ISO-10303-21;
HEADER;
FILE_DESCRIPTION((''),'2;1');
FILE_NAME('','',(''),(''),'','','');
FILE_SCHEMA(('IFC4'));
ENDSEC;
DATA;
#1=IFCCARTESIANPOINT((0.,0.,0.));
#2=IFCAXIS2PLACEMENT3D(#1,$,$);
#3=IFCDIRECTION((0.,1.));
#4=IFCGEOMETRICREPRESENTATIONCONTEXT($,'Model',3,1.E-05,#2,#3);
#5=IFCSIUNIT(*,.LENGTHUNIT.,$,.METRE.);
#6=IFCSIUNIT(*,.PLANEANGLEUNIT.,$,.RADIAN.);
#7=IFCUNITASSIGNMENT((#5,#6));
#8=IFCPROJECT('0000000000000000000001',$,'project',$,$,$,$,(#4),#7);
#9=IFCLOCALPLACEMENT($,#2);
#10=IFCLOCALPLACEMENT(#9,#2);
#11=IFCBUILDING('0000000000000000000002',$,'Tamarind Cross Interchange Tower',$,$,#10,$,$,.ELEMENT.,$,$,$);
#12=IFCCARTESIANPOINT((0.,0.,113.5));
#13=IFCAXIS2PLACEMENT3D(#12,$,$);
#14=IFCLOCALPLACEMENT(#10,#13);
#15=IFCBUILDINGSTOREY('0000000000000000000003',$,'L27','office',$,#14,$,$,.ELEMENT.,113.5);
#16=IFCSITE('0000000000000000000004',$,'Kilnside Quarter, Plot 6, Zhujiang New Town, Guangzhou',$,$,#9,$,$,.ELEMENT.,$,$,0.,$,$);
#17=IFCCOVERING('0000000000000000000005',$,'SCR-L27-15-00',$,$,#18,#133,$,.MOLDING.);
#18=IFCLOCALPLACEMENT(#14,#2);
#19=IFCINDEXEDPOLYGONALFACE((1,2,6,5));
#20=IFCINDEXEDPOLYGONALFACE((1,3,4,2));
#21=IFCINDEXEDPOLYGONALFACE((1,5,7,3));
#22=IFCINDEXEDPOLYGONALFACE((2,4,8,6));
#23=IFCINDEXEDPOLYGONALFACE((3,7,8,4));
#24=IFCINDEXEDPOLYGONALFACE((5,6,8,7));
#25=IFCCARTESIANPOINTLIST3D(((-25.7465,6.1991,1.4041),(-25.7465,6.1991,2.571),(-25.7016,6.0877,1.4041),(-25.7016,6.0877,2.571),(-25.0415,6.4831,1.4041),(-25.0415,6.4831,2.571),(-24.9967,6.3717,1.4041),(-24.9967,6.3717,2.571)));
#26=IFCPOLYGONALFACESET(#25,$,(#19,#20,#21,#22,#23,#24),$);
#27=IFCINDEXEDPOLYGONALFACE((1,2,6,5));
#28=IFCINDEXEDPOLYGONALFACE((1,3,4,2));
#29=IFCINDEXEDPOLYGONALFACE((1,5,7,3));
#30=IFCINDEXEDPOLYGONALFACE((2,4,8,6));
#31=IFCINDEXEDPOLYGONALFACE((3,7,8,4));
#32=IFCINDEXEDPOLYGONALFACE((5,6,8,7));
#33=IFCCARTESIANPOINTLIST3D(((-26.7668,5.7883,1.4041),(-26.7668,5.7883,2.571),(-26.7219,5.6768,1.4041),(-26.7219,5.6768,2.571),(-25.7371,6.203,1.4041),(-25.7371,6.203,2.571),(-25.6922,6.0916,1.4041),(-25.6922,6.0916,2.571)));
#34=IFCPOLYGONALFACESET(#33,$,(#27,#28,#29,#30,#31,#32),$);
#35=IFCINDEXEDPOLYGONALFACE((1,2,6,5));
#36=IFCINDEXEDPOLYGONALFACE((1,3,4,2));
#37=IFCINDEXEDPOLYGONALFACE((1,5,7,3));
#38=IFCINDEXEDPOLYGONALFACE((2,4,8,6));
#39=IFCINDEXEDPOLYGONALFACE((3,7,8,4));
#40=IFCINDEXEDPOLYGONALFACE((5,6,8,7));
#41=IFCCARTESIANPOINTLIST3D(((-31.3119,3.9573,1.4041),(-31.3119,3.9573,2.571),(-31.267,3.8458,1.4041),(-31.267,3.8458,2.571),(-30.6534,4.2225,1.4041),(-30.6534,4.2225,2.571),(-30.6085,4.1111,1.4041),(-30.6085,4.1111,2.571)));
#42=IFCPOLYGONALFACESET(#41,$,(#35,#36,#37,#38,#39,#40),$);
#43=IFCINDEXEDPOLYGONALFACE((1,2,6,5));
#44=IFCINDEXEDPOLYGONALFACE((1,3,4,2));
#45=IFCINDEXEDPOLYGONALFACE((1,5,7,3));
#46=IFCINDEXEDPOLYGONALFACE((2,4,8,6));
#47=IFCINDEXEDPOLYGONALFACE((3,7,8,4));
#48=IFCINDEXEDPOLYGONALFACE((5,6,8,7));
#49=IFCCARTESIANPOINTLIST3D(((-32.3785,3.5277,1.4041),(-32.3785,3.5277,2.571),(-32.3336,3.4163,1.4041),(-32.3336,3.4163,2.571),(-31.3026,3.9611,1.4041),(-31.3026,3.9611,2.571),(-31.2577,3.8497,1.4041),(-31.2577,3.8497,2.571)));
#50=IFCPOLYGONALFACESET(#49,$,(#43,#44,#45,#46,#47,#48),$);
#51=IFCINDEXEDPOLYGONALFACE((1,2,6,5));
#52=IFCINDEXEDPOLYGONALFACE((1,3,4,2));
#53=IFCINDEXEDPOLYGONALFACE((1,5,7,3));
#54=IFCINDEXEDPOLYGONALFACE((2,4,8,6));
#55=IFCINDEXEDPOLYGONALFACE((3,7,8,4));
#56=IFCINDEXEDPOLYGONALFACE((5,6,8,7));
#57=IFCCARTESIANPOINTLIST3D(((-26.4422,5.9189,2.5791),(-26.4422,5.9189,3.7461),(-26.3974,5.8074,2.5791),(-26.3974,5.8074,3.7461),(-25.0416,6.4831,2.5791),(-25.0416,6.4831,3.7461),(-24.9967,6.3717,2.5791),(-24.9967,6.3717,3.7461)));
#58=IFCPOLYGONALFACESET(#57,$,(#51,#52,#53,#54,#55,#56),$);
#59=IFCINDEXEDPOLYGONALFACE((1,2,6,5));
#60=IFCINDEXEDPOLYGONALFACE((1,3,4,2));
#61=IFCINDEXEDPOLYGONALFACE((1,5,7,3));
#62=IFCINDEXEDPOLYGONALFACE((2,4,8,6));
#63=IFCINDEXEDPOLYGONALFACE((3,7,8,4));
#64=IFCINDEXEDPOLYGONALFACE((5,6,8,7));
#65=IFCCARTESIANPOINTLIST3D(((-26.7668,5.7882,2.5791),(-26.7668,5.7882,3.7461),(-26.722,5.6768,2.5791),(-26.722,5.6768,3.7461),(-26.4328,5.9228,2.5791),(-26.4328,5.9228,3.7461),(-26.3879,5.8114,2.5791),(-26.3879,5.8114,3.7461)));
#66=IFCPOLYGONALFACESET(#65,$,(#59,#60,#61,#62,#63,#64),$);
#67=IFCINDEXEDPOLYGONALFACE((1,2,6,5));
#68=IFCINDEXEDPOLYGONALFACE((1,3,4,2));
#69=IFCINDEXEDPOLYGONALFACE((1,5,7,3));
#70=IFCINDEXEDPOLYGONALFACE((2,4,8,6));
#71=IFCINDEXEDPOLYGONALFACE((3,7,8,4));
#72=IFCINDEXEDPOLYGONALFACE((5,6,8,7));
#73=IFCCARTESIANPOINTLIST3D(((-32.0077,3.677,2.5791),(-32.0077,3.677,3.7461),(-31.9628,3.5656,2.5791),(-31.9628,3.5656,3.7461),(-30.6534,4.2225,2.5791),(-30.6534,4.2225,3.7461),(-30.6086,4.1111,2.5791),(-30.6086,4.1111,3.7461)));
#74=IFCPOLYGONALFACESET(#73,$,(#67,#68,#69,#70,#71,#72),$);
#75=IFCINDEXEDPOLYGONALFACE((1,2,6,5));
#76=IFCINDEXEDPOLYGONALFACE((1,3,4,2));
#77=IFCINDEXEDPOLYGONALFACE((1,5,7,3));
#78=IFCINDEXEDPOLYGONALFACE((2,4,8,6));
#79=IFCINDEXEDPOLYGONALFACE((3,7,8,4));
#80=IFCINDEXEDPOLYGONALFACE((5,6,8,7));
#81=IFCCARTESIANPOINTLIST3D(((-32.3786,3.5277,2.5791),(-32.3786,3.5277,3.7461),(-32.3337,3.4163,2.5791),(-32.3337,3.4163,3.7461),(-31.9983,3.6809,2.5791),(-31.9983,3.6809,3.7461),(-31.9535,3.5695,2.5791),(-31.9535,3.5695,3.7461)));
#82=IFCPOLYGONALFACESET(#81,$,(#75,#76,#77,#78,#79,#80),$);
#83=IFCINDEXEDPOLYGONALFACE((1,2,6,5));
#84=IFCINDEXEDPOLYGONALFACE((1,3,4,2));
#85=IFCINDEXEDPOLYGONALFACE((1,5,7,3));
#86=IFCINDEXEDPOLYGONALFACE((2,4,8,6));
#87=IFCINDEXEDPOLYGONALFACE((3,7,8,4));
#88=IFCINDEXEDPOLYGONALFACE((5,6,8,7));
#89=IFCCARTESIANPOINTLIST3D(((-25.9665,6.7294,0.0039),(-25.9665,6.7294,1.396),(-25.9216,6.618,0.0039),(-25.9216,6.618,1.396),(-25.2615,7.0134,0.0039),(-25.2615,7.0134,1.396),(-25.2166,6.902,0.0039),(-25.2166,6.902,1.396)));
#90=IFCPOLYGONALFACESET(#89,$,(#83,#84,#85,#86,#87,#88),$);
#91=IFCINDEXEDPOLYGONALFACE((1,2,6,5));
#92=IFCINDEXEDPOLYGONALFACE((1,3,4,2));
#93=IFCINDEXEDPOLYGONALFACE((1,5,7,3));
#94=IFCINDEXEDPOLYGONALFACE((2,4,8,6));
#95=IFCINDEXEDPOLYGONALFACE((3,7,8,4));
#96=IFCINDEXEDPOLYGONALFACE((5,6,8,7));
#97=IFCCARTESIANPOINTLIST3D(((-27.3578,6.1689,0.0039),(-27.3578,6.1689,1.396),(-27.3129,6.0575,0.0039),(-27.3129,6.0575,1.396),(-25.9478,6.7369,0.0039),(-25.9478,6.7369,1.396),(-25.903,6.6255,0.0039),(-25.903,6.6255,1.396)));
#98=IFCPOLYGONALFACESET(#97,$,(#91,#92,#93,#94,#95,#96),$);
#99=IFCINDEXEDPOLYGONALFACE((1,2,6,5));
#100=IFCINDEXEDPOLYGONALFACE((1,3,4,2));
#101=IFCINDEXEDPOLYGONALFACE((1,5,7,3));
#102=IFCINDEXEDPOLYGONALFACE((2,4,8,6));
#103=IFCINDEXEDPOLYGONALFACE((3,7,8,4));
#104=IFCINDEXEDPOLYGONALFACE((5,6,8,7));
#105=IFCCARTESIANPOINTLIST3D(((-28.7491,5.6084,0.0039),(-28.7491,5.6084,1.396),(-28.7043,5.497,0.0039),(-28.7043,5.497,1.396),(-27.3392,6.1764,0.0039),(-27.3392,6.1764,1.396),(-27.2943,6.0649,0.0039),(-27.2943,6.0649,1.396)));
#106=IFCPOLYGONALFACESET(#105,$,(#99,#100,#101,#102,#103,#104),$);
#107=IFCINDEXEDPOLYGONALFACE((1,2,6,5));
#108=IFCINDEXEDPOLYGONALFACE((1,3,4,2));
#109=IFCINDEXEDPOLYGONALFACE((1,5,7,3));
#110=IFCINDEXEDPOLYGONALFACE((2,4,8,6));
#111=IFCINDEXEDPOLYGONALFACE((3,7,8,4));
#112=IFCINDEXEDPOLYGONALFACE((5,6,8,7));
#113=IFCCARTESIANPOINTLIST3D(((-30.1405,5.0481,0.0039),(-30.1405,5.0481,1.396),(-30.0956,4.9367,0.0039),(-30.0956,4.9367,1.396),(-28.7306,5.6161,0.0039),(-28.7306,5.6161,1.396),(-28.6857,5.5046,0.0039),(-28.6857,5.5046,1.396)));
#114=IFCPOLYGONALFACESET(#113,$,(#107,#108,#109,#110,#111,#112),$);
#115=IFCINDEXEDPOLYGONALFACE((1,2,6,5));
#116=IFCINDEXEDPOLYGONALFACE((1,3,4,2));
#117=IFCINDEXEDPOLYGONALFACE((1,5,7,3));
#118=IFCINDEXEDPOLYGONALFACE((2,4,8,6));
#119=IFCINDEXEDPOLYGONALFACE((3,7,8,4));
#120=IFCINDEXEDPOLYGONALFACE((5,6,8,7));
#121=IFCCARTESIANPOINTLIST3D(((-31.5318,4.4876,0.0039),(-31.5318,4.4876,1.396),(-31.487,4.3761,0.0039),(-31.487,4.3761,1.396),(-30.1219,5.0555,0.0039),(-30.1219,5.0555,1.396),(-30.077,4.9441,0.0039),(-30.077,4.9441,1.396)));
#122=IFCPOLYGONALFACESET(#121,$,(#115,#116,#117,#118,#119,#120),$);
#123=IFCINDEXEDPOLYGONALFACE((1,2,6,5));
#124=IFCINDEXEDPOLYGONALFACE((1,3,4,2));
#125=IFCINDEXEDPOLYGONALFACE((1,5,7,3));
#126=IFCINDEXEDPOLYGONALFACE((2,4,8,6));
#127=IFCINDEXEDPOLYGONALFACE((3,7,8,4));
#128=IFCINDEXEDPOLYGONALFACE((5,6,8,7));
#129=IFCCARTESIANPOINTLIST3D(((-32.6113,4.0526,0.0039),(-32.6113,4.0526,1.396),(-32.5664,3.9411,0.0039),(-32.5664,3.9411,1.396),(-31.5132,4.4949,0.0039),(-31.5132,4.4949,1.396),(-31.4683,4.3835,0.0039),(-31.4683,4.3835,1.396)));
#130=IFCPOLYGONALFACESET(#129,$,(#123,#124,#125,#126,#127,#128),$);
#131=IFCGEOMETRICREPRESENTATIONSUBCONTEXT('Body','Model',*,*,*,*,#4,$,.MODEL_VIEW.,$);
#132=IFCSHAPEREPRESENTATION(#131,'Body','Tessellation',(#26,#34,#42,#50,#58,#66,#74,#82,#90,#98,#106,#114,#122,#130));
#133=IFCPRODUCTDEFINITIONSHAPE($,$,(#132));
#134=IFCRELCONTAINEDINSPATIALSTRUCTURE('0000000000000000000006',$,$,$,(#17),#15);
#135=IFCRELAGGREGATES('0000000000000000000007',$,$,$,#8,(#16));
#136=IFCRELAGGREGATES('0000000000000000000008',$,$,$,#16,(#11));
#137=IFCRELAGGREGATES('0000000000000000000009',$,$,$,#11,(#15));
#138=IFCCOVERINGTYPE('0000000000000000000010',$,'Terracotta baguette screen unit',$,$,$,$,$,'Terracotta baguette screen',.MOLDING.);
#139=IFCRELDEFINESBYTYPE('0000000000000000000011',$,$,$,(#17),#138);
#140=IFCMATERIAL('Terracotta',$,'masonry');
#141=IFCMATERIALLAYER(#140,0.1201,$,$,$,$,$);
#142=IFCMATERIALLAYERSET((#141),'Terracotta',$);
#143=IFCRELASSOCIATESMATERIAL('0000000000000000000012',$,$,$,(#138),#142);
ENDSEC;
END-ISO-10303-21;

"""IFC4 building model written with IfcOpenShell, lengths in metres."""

from ifc_helpers import new_model, si_unit, direction, frame, origin, origin_2d, place, context, subcontext, project, spatial, rectangle, extrude, material, layer, layer_set, type_object, element, save


model = new_model("IFC4")

# Units and contexts
model_context = context("Model", 3, precision=1e-05, world=origin(), true_north=direction((0.0, 1.0)))
body_context = subcontext(model_context, "Body", "Model", "MODEL_VIEW")
ifc_project = project(units=[si_unit("LENGTHUNIT", "METRE"), si_unit("PLANEANGLEUNIT", "RADIAN")], contexts=[model_context])

# Site, building, storey
site_placement = place(None, origin())
site = spatial("IfcSite", under=ifc_project, at=site_placement, Name="Kilnside Quarter, Plot 6, Zhujiang New Town, Guangzhou", CompositionType="ELEMENT", RefElevation=0.0)
building_placement = place(site_placement, origin())
building = spatial("IfcBuilding", under=site, at=building_placement, Name="Tamarind Cross Interchange Tower", CompositionType="ELEMENT")
storey_placement = place(building_placement, frame((0.0, 0.0, 113.5)))
storey = spatial("IfcBuildingStorey", under=building, at=storey_placement, Name="L27", Description="office", CompositionType="ELEMENT", Elevation=113.5)

# Covering
ifc_material_1 = material(Name="Terracotta", Category="masonry")
ifc_layer_1 = layer(ifc_material_1, 0.1201)
ifc_layer_set_1 = layer_set([ifc_layer_1], Name="Terracotta")
covering_type = type_object("IfcCoveringType", Name="Terracotta baguette screen unit", ElementType="Terracotta baguette screen", PredefinedType="MOLDING", material=ifc_layer_set_1)
covering_1_placement = place(storey_placement, origin())
element("IfcCovering", 1, at=covering_1_placement, inside=storey, type_object=covering_type, Name="SCR-L27-15-00", PredefinedType="MOLDING", context=body_context, shape_type="SweptSolid", body=[
    extrude(rectangle(XDim=0.76, YDim=0.1201, at=origin_2d()), frame((-25.3716, 6.2854, 1.4041), z_axis=(0.0, 0.0, 1.0), x_axis=(-0.92757, -0.373648, 0.0)), (0.0, 0.0, 1.0), 1.167),
    extrude(rectangle(XDim=1.1101, YDim=0.1201, at=origin_2d()), frame((-26.2295, 5.9399, 1.4041), z_axis=(0.0, 0.0, 1.0), x_axis=(-0.92757, -0.373648, 0.0)), (0.0, 0.0, 1.0), 1.167),
    extrude(rectangle(XDim=0.71, YDim=0.1201, at=origin_2d()), frame((-30.9602, 4.0342, 1.4041), z_axis=(0.0, 0.0, 1.0), x_axis=(-0.92757, -0.373648, 0.0)), (0.0, 0.0, 1.0), 1.167),
    extrude(rectangle(XDim=1.1599, YDim=0.1201, at=origin_2d()), frame((-31.8181, 3.6887, 1.4041), z_axis=(0.0, 0.0, 1.0), x_axis=(-0.92757, -0.373648, 0.0)), (0.0, 0.0, 1.0), 1.167),
    extrude(rectangle(XDim=1.51, YDim=0.1201, at=origin_2d()), frame((-25.7195, 6.1453, 2.5791), z_axis=(0.0, 0.0, 1.0), x_axis=(-0.92757, -0.373648, 0.0)), (0.0, 0.0, 1.0), 1.167),
    extrude(rectangle(XDim=0.3601, YDim=0.1201, at=origin_2d()), frame((-26.5774, 5.7998, 2.5791), z_axis=(0.0, 0.0, 1.0), x_axis=(-0.92757, -0.373648, 0.0)), (0.0, 0.0, 1.0), 1.167),
    extrude(rectangle(XDim=1.46, YDim=0.1201, at=origin_2d()), frame((-31.3081, 3.894, 2.5791), z_axis=(0.0, 0.0, 1.0), x_axis=(-0.92757, -0.373648, 0.0)), (0.0, 0.0, 1.0), 1.167),
    extrude(rectangle(XDim=0.4099, YDim=0.1201, at=origin_2d()), frame((-32.166, 3.5486, 2.5791), z_axis=(0.0, 0.0, 1.0), x_axis=(-0.92757, -0.373648, 0.0)), (0.0, 0.0, 1.0), 1.167),
    extrude(rectangle(XDim=0.76, YDim=0.1201, at=origin_2d()), frame((-25.5916, 6.8157, 0.0039), z_axis=(0.0, 0.0, 1.0), x_axis=(-0.92757, -0.373648, 0.0)), (0.0, 0.0, 1.0), 1.3921),
    extrude(rectangle(XDim=1.52, YDim=0.1201, at=origin_2d()), frame((-26.6304, 6.3972, 0.0039), z_axis=(0.0, 0.0, 1.0), x_axis=(-0.92757, -0.373648, 0.0)), (0.0, 0.0, 1.0), 1.3921),
    extrude(rectangle(XDim=1.52, YDim=0.1201, at=origin_2d()), frame((-28.0217, 5.8367, 0.0039), z_axis=(0.0, 0.0, 1.0), x_axis=(-0.92757, -0.373648, 0.0)), (0.0, 0.0, 1.0), 1.3921),
    extrude(rectangle(XDim=1.52, YDim=0.1201, at=origin_2d()), frame((-29.4131, 5.2764, 0.0039), z_axis=(0.0, 0.0, 1.0), x_axis=(-0.92757, -0.373648, 0.0)), (0.0, 0.0, 1.0), 1.3921),
    extrude(rectangle(XDim=1.52, YDim=0.1201, at=origin_2d()), frame((-30.8044, 4.7158, 0.0039), z_axis=(0.0, 0.0, 1.0), x_axis=(-0.92757, -0.373648, 0.0)), (0.0, 0.0, 1.0), 1.3921),
    extrude(rectangle(XDim=1.1838, YDim=0.1201, at=origin_2d()), frame((-32.0398, 4.218, 0.0039), z_axis=(0.0, 0.0, 1.0), x_axis=(-0.92757, -0.373648, 0.0)), (0.0, 0.0, 1.0), 1.3921),
])

save(model, "model.ifc")
